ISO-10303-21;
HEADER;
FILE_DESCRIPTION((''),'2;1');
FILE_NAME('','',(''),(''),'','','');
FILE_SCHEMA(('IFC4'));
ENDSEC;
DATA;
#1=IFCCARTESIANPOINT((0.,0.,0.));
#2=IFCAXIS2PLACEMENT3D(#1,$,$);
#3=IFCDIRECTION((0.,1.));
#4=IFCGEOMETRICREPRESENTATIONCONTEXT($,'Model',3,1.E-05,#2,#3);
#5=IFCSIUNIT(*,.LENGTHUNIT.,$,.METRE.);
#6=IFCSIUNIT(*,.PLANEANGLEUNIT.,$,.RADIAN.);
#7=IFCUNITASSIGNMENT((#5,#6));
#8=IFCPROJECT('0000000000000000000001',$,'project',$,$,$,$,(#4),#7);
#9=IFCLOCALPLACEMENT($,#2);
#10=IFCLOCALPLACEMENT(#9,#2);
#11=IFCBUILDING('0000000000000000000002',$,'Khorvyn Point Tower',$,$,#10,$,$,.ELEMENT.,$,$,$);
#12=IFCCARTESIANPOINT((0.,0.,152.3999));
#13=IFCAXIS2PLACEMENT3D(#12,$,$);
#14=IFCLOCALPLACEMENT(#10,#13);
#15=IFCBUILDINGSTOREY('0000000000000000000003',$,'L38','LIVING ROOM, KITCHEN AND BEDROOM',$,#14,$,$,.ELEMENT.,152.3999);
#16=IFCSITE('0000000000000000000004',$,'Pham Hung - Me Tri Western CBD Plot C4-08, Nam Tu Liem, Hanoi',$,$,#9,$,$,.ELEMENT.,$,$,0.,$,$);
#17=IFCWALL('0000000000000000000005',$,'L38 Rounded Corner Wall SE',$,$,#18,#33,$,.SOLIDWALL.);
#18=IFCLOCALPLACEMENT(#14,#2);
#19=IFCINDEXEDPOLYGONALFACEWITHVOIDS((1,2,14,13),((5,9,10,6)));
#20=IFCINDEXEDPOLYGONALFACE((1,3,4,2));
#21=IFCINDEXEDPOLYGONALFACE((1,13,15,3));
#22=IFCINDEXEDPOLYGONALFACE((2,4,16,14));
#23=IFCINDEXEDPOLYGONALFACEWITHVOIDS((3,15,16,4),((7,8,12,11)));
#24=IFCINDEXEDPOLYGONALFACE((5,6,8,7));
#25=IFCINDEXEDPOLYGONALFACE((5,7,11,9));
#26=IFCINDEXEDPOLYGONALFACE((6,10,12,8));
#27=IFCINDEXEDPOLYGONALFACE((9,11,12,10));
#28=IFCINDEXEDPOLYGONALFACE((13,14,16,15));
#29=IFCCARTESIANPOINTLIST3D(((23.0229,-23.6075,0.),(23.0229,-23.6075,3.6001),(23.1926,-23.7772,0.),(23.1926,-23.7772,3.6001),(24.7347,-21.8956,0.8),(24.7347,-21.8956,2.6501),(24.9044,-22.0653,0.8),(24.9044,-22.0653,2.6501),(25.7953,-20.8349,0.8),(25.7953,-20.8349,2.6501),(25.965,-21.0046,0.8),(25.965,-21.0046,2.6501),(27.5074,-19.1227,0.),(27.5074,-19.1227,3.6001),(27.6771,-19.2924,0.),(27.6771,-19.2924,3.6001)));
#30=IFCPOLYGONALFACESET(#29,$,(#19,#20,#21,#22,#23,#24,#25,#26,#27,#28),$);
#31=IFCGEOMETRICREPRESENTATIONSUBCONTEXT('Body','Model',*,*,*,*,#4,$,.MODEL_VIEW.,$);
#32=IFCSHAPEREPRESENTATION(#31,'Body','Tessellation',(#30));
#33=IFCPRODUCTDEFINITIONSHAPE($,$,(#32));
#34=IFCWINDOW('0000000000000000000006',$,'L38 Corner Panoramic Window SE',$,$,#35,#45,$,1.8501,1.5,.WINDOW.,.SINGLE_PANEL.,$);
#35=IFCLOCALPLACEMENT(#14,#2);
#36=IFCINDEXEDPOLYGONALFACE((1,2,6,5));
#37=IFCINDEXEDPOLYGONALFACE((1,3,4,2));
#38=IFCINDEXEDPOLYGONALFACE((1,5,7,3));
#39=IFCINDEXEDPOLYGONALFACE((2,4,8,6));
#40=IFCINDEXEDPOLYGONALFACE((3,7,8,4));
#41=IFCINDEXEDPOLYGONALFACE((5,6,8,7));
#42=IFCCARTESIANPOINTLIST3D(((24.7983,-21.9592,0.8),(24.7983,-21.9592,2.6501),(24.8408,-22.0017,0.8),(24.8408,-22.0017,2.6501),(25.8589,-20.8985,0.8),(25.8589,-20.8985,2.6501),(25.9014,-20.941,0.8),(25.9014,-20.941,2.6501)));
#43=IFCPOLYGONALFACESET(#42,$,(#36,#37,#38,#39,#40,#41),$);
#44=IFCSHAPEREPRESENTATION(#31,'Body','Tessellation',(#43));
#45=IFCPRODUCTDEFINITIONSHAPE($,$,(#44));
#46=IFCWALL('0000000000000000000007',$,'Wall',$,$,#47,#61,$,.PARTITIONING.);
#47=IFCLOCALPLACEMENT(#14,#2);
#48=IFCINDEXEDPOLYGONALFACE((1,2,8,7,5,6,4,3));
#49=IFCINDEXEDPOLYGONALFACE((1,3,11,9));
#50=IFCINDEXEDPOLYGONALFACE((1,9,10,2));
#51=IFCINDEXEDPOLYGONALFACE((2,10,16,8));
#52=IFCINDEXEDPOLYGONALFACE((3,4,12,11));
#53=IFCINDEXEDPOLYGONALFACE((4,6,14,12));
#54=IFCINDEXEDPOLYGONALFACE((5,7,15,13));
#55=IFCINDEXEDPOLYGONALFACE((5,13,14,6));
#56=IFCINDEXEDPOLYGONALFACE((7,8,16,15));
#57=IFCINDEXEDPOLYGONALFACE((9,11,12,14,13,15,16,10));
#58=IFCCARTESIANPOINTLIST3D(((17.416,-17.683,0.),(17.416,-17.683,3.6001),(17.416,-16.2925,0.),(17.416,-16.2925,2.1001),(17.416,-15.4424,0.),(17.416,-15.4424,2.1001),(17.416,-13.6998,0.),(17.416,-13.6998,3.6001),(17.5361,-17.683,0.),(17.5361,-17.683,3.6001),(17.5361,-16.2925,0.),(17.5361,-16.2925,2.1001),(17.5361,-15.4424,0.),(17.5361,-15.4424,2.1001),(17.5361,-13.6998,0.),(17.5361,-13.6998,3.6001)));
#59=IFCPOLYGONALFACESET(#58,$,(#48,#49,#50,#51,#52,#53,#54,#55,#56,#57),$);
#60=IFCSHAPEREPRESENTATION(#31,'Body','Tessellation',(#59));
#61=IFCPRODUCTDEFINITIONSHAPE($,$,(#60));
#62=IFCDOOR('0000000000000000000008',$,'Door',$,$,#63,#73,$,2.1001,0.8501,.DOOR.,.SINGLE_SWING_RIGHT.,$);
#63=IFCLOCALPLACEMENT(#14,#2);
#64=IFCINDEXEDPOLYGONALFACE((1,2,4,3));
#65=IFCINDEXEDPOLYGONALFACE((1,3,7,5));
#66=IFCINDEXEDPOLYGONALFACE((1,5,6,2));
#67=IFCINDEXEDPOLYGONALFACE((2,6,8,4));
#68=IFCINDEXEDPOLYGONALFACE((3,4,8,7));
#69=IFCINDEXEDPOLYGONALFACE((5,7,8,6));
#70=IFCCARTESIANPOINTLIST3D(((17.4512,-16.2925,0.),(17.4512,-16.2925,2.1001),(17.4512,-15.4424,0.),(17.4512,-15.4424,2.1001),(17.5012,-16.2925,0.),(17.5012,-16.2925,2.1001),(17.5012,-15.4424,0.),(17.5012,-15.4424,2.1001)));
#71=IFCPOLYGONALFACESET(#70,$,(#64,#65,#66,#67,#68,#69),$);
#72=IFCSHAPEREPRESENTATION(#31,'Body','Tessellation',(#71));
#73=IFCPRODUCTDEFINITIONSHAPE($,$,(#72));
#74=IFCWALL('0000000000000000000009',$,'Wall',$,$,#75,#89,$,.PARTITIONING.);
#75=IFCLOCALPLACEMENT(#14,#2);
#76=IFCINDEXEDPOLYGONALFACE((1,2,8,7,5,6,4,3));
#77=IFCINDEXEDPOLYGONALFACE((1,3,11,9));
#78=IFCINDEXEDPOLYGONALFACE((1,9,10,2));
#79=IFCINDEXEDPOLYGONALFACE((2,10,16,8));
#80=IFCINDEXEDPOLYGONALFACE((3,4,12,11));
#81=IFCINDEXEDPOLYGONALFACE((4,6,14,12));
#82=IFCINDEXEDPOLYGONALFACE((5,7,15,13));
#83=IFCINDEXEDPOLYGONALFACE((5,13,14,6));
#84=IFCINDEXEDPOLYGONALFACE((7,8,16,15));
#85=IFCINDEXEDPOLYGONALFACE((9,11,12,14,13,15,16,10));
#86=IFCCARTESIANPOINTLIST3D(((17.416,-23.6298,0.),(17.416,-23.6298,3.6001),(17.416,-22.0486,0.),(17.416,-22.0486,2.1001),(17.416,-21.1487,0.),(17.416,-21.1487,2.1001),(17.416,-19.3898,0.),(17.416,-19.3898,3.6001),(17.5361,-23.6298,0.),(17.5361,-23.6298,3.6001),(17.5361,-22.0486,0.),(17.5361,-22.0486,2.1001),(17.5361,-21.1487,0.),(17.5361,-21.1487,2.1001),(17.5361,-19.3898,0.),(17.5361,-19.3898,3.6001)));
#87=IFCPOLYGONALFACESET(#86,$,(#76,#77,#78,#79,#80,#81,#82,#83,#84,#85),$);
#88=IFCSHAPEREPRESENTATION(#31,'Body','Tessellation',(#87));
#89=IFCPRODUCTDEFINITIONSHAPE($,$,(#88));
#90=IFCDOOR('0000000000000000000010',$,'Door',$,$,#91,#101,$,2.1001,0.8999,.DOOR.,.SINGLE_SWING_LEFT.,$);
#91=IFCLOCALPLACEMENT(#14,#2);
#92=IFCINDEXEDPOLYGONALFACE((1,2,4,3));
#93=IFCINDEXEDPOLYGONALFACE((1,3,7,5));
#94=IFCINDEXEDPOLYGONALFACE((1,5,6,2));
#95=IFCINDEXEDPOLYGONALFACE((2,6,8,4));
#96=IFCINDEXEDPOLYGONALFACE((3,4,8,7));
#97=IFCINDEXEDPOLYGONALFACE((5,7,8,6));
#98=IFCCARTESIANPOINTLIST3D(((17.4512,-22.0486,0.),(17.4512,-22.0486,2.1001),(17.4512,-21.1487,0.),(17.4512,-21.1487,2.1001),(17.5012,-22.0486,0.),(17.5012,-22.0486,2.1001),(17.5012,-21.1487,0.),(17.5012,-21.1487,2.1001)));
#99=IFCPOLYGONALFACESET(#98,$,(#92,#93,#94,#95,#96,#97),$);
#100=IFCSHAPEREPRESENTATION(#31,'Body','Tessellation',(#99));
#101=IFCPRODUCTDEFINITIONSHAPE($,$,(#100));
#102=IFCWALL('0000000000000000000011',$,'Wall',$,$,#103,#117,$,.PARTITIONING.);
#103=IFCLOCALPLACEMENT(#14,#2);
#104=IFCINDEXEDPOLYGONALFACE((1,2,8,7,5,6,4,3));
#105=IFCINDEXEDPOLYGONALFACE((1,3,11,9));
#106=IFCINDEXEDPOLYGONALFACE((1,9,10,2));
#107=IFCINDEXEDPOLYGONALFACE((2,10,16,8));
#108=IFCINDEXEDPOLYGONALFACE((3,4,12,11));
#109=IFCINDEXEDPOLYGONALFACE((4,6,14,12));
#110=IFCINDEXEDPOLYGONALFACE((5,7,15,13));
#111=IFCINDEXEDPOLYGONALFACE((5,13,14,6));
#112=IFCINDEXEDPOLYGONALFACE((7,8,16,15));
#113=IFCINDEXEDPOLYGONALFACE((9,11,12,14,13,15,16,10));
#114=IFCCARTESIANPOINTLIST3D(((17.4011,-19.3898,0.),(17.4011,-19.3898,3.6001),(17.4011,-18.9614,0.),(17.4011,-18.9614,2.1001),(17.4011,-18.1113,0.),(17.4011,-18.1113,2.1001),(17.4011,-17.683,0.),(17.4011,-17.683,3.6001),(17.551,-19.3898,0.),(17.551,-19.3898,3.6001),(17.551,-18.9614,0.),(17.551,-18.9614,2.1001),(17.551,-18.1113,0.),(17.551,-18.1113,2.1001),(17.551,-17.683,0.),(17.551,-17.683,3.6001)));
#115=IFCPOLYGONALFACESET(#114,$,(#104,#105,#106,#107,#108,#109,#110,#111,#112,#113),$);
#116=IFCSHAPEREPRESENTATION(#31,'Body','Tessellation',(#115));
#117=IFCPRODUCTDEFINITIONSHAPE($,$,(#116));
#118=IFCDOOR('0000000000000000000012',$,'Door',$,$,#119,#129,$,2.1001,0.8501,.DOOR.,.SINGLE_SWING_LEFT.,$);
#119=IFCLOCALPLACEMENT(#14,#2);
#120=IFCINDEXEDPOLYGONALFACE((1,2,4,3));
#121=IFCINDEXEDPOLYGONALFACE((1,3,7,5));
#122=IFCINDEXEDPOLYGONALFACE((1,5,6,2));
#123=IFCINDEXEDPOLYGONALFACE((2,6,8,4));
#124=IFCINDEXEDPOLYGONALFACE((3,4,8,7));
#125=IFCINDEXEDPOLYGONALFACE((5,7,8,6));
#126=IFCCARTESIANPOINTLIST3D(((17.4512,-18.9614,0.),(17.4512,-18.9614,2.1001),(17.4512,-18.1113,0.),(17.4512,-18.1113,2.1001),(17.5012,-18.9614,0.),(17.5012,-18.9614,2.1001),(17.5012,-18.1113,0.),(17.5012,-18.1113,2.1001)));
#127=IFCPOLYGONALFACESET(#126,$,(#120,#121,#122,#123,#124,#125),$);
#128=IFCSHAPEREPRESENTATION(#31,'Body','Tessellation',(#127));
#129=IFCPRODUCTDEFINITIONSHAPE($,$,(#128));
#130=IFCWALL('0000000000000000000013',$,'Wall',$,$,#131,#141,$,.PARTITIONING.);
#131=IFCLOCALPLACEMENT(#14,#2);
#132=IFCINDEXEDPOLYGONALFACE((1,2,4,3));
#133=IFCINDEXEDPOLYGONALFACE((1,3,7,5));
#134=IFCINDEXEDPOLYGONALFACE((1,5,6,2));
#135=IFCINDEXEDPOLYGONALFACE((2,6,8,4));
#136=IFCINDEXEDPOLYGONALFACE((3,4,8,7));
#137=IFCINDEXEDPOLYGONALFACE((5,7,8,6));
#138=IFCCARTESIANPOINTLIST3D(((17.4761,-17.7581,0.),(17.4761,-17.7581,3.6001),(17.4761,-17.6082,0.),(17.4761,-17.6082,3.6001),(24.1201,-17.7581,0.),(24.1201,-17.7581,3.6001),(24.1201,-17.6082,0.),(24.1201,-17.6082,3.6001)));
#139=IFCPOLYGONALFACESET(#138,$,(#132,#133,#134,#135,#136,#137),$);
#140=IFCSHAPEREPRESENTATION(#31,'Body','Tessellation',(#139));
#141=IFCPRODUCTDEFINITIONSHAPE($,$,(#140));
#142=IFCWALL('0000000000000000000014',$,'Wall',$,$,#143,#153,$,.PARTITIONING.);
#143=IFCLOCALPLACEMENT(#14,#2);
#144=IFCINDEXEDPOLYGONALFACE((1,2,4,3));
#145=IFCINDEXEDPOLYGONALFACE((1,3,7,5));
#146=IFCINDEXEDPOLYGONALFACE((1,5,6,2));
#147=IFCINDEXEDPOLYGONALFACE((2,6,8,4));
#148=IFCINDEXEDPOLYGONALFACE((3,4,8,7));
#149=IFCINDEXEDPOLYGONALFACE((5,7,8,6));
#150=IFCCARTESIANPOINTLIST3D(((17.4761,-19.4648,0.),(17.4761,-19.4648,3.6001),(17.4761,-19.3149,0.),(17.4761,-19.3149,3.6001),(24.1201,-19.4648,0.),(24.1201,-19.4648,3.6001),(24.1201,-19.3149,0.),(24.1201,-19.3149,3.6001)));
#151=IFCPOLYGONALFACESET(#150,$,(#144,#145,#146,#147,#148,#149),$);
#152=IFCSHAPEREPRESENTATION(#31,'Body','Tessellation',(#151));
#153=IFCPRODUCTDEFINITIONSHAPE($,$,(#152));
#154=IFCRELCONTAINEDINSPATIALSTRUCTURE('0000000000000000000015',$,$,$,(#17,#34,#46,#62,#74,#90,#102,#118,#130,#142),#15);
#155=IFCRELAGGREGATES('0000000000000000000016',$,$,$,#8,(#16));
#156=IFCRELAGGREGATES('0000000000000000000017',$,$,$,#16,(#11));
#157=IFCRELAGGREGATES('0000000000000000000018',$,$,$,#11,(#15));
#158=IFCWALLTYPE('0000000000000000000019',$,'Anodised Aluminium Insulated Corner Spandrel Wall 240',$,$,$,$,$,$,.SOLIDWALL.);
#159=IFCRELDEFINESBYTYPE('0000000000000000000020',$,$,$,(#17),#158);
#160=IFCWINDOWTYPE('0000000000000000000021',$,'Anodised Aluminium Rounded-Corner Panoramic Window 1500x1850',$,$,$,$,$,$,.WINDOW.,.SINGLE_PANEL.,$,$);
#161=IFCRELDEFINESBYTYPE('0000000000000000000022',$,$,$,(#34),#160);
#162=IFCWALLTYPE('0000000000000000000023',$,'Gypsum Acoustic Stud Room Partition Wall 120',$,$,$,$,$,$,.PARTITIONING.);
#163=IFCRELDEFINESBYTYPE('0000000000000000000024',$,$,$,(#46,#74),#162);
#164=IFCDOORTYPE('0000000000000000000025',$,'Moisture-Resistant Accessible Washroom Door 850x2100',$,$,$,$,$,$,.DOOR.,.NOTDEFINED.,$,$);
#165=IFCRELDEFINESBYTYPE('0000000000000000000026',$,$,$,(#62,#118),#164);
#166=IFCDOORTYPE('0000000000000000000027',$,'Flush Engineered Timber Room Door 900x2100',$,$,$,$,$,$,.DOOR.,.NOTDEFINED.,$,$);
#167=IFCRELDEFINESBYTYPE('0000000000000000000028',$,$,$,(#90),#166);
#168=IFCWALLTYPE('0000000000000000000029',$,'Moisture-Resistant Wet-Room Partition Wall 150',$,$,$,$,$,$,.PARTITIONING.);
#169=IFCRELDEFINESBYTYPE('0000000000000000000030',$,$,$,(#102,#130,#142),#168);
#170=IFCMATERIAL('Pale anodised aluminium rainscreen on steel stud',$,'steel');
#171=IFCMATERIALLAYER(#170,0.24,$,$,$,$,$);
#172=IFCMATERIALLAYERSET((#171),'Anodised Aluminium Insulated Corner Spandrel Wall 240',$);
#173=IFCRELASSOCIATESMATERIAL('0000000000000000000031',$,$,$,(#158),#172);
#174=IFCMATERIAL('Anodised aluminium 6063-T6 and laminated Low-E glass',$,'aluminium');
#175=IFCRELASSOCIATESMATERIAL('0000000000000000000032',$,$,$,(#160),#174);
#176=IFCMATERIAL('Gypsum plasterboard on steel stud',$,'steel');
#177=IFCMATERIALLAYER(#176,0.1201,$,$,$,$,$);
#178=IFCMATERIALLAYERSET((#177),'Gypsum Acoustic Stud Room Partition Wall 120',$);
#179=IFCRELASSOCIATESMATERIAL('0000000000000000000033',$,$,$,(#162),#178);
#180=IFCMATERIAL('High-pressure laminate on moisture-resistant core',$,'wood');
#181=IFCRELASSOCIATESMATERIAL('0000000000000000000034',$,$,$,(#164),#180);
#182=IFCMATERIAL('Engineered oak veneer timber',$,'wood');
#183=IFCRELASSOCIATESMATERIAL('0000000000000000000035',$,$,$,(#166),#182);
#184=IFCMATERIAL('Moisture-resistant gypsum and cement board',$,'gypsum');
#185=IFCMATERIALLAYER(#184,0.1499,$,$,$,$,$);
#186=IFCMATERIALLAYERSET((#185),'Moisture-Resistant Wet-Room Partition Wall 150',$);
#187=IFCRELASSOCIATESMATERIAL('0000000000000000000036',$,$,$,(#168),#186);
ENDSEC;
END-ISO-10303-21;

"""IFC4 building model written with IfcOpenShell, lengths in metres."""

from ifc_helpers import new_model, si_unit, direction, frame, frame_2d, origin, place, context, subcontext, project, spatial, rectangle, extrude, material, layer, layer_set, type_object, element, fill, save


model = new_model("IFC4")

# Units and contexts
model_context = context("Model", 3, precision=1e-05, world=origin(), true_north=direction((0.0, 1.0)))
body_context = subcontext(model_context, "Body", "Model", "MODEL_VIEW")
ifc_project = project(units=[si_unit("LENGTHUNIT", "METRE"), si_unit("PLANEANGLEUNIT", "RADIAN")], contexts=[model_context])

# Site, building, storey
site_placement = place(None, origin())
site = spatial("IfcSite", under=ifc_project, at=site_placement, Name="Pham Hung - Me Tri Western CBD Plot C4-08, Nam Tu Liem, Hanoi", CompositionType="ELEMENT", RefElevation=0.0)
building_placement = place(site_placement, origin())
building = spatial("IfcBuilding", under=site, at=building_placement, Name="Khorvyn Point Tower", CompositionType="ELEMENT")
storey_placement = place(building_placement, frame((0.0, 0.0, 152.3999)))
storey = spatial("IfcBuildingStorey", under=building, at=storey_placement, Name="L38", Description="LIVING ROOM, KITCHEN AND BEDROOM", CompositionType="ELEMENT", Elevation=152.3999)

# Shared definitions
ifc_material_1 = material(Name="Anodised aluminium 6063-T6 and laminated Low-E glass", Category="aluminium")

# Wall, opening, window
ifc_material_2 = material(Name="Pale anodised aluminium rainscreen on steel stud", Category="steel")
ifc_layer_1 = layer(ifc_material_2, 0.24)
ifc_layer_set_1 = layer_set([ifc_layer_1], Name="Anodised Aluminium Insulated Corner Spandrel Wall 240")
wall_type_1 = type_object("IfcWallType", Name="Anodised Aluminium Insulated Corner Spandrel Wall 240", PredefinedType="SOLIDWALL", material=ifc_layer_set_1)
wall_1_placement = place(storey_placement, frame((27.5923, -19.2075, 0.0), z_axis=(0.0, 0.0, 1.0), x_axis=(-0.707088, -0.707126, 0.0)))
wall_1 = element("IfcWall", 1, at=wall_1_placement, inside=storey, type_object=wall_type_1, Name="L38 Rounded Corner Wall SE", PredefinedType="SOLIDWALL", context=body_context, shape_type="SweptSolid", body=[
    extrude(rectangle(XDim=6.3423, YDim=0.24, at=frame_2d((3.1711, 0.0))), origin(), (0.0, 0.0, 1.0), 3.6001),
])
opening_1_placement = place(wall_1_placement, frame((2.4214, 0.0, 0.8)))
opening_1 = element("IfcOpeningElement", 2, at=opening_1_placement, cuts=wall_1, PredefinedType="OPENING", context=body_context, shape_type="SweptSolid", body=[
    extrude(rectangle(XDim=1.5, YDim=1.8501, at=frame_2d((0.75, 0.925))), frame((0.0, 0.1299, 0.0), z_axis=(0.0, -1.0, 0.0), x_axis=(1.0, 0.0, 0.0)), (0.0, 0.0, 1.0), 0.26),
])
window_type = type_object("IfcWindowType", Name="Anodised Aluminium Rounded-Corner Panoramic Window 1500x1850", PartitioningType="SINGLE_PANEL", PredefinedType="WINDOW", material=ifc_material_1)
window_placement = place(opening_1_placement, origin())
window = element("IfcWindow", 3, at=window_placement, inside=storey, type_object=window_type, Name="L38 Corner Panoramic Window SE", OverallHeight=1.8501, OverallWidth=1.5, PartitioningType="SINGLE_PANEL", PredefinedType="WINDOW", context=body_context, shape_type="SweptSolid", body=[
    extrude(rectangle(XDim=1.5, YDim=1.8501, at=frame_2d((0.75, 0.925))), frame((0.0, 0.03, 0.0), z_axis=(0.0, -1.0, 0.0), x_axis=(1.0, 0.0, 0.0)), (0.0, 0.0, 1.0), 0.0601),
])
fill(opening_1, window)

# Walls, openings, doors
ifc_material_3 = material(Name="Gypsum plasterboard on steel stud", Category="steel")
ifc_layer_2 = layer(ifc_material_3, 0.1201)
ifc_layer_set_2 = layer_set([ifc_layer_2], Name="Gypsum Acoustic Stud Room Partition Wall 120")
wall_type_2 = type_object("IfcWallType", Name="Gypsum Acoustic Stud Room Partition Wall 120", PredefinedType="PARTITIONING", material=ifc_layer_set_2)
wall_2_placement = place(storey_placement, frame((17.4761, -17.6831, 0.0), z_axis=(0.0, 0.0, 1.0), x_axis=(0.0, 1.0, 0.0)))
wall_2 = element("IfcWall", 4, at=wall_2_placement, inside=storey, type_object=wall_type_2, Name="Wall", PredefinedType="PARTITIONING", context=body_context, shape_type="SweptSolid", body=[
    extrude(rectangle(XDim=3.9832, YDim=0.1201, at=frame_2d((1.9917, 0.0))), origin(), (0.0, 0.0, 1.0), 3.6001),
])
opening_2_placement = place(wall_2_placement, frame((1.3906, 0.0, 0.0)))
opening_2 = element("IfcOpeningElement", 5, at=opening_2_placement, cuts=wall_2, PredefinedType="OPENING", context=body_context, shape_type="SweptSolid", body=[
    extrude(rectangle(XDim=0.8501, YDim=2.1001, at=frame_2d((0.425, 1.05))), frame((0.0, 0.0701, 0.0), z_axis=(0.0, -1.0, 0.0), x_axis=(1.0, 0.0, 0.0)), (0.0, 0.0, 1.0), 0.1401),
])
ifc_material_4 = material(Name="High-pressure laminate on moisture-resistant core", Category="wood")
door_type_1 = type_object("IfcDoorType", Name="Moisture-Resistant Accessible Washroom Door 850x2100", OperationType="NOTDEFINED", PredefinedType="DOOR", material=ifc_material_4)
door_1_placement = place(opening_2_placement, origin())
door_1 = element("IfcDoor", 6, at=door_1_placement, inside=storey, type_object=door_type_1, Name="Door", OperationType="SINGLE_SWING_RIGHT", OverallHeight=2.1001, OverallWidth=0.8501, PredefinedType="DOOR", context=body_context, shape_type="SweptSolid", body=[
    extrude(rectangle(XDim=0.8501, YDim=2.1001, at=frame_2d((0.425, 1.05))), frame((0.0, 0.0249, 0.0), z_axis=(0.0, -1.0, 0.0), x_axis=(1.0, 0.0, 0.0)), (0.0, 0.0, 1.0), 0.05),
])
fill(opening_2, door_1)
wall_3_placement = place(storey_placement, frame((17.4761, -23.6299, 0.0), z_axis=(0.0, 0.0, 1.0), x_axis=(0.0, 1.0, 0.0)))
wall_3 = element("IfcWall", 7, at=wall_3_placement, inside=storey, type_object=wall_type_2, Name="Wall", PredefinedType="PARTITIONING", context=body_context, shape_type="SweptSolid", body=[
    extrude(rectangle(XDim=4.24, YDim=0.1201, at=frame_2d((2.1201, 0.0))), origin(), (0.0, 0.0, 1.0), 3.6001),
])
opening_3_placement = place(wall_3_placement, frame((1.5813, 0.0, 0.0)))
opening_3 = element("IfcOpeningElement", 8, at=opening_3_placement, cuts=wall_3, PredefinedType="OPENING", context=body_context, shape_type="SweptSolid", body=[
    extrude(rectangle(XDim=0.8999, YDim=2.1001, at=frame_2d((0.45, 1.05))), frame((0.0, 0.0701, 0.0), z_axis=(0.0, -1.0, 0.0), x_axis=(1.0, 0.0, 0.0)), (0.0, 0.0, 1.0), 0.1401),
])
ifc_material_5 = material(Name="Engineered oak veneer timber", Category="wood")
door_type_2 = type_object("IfcDoorType", Name="Flush Engineered Timber Room Door 900x2100", OperationType="NOTDEFINED", PredefinedType="DOOR", material=ifc_material_5)
door_2_placement = place(opening_3_placement, origin())
door_2 = element("IfcDoor", 9, at=door_2_placement, inside=storey, type_object=door_type_2, Name="Door", OperationType="SINGLE_SWING_LEFT", OverallHeight=2.1001, OverallWidth=0.8999, PredefinedType="DOOR", context=body_context, shape_type="SweptSolid", body=[
    extrude(rectangle(XDim=0.8999, YDim=2.1001, at=frame_2d((0.45, 1.05))), frame((0.0, 0.0249, 0.0), z_axis=(0.0, -1.0, 0.0), x_axis=(1.0, 0.0, 0.0)), (0.0, 0.0, 1.0), 0.05),
])
fill(opening_3, door_2)
ifc_material_6 = material(Name="Moisture-resistant gypsum and cement board", Category="gypsum")
ifc_layer_3 = layer(ifc_material_6, 0.1499)
ifc_layer_set_3 = layer_set([ifc_layer_3], Name="Moisture-Resistant Wet-Room Partition Wall 150")
wall_type_3 = type_object("IfcWallType", Name="Moisture-Resistant Wet-Room Partition Wall 150", PredefinedType="PARTITIONING", material=ifc_layer_set_3)
wall_4_placement = place(storey_placement, frame((17.4761, -19.3899, 0.0), z_axis=(0.0, 0.0, 1.0), x_axis=(0.0, 1.0, 0.0)))
wall_4 = element("IfcWall", 10, at=wall_4_placement, inside=storey, type_object=wall_type_3, Name="Wall", PredefinedType="PARTITIONING", context=body_context, shape_type="SweptSolid", body=[
    extrude(rectangle(XDim=1.7068, YDim=0.1499, at=frame_2d((0.8535, 0.0))), origin(), (0.0, 0.0, 1.0), 3.6001),
])
opening_4_placement = place(wall_4_placement, frame((0.4285, 0.0, 0.0)))
opening_4 = element("IfcOpeningElement", 11, at=opening_4_placement, cuts=wall_4, PredefinedType="OPENING", context=body_context, shape_type="SweptSolid", body=[
    extrude(rectangle(XDim=0.8501, YDim=2.1001, at=frame_2d((0.425, 1.05))), frame((0.0, 0.085, 0.0), z_axis=(0.0, -1.0, 0.0), x_axis=(1.0, 0.0, 0.0)), (0.0, 0.0, 1.0), 0.1699),
])
door_3_placement = place(opening_4_placement, origin())
door_3 = element("IfcDoor", 12, at=door_3_placement, inside=storey, type_object=door_type_1, Name="Door", OperationType="SINGLE_SWING_LEFT", OverallHeight=2.1001, OverallWidth=0.8501, PredefinedType="DOOR", context=body_context, shape_type="SweptSolid", body=[
    extrude(rectangle(XDim=0.8501, YDim=2.1001, at=frame_2d((0.425, 1.05))), frame((0.0, 0.0249, 0.0), z_axis=(0.0, -1.0, 0.0), x_axis=(1.0, 0.0, 0.0)), (0.0, 0.0, 1.0), 0.05),
])
fill(opening_4, door_3)

# Walls
for number, where, z_axis, x_axis, name in (
    (13, (17.4761, -17.6831, 0.0), (0.0, 0.0, 1.0), (1.0, 0.0, 0.0), "Wall"),
    (14, (17.4761, -19.3899, 0.0), (0.0, 0.0, 1.0), (1.0, 0.0, 0.0), "Wall"),
):
    element("IfcWall", number, at=place(storey_placement, frame(where, z_axis=z_axis, x_axis=x_axis)), inside=storey, type_object=wall_type_3, Name=name, PredefinedType="PARTITIONING", context=body_context, shape_type="SweptSolid", body=[
        extrude(rectangle(XDim=6.644, YDim=0.1499, at=frame_2d((3.322, 0.0))), origin(), (0.0, 0.0, 1.0), 3.6001),
    ])

save(model, "model.ifc")
